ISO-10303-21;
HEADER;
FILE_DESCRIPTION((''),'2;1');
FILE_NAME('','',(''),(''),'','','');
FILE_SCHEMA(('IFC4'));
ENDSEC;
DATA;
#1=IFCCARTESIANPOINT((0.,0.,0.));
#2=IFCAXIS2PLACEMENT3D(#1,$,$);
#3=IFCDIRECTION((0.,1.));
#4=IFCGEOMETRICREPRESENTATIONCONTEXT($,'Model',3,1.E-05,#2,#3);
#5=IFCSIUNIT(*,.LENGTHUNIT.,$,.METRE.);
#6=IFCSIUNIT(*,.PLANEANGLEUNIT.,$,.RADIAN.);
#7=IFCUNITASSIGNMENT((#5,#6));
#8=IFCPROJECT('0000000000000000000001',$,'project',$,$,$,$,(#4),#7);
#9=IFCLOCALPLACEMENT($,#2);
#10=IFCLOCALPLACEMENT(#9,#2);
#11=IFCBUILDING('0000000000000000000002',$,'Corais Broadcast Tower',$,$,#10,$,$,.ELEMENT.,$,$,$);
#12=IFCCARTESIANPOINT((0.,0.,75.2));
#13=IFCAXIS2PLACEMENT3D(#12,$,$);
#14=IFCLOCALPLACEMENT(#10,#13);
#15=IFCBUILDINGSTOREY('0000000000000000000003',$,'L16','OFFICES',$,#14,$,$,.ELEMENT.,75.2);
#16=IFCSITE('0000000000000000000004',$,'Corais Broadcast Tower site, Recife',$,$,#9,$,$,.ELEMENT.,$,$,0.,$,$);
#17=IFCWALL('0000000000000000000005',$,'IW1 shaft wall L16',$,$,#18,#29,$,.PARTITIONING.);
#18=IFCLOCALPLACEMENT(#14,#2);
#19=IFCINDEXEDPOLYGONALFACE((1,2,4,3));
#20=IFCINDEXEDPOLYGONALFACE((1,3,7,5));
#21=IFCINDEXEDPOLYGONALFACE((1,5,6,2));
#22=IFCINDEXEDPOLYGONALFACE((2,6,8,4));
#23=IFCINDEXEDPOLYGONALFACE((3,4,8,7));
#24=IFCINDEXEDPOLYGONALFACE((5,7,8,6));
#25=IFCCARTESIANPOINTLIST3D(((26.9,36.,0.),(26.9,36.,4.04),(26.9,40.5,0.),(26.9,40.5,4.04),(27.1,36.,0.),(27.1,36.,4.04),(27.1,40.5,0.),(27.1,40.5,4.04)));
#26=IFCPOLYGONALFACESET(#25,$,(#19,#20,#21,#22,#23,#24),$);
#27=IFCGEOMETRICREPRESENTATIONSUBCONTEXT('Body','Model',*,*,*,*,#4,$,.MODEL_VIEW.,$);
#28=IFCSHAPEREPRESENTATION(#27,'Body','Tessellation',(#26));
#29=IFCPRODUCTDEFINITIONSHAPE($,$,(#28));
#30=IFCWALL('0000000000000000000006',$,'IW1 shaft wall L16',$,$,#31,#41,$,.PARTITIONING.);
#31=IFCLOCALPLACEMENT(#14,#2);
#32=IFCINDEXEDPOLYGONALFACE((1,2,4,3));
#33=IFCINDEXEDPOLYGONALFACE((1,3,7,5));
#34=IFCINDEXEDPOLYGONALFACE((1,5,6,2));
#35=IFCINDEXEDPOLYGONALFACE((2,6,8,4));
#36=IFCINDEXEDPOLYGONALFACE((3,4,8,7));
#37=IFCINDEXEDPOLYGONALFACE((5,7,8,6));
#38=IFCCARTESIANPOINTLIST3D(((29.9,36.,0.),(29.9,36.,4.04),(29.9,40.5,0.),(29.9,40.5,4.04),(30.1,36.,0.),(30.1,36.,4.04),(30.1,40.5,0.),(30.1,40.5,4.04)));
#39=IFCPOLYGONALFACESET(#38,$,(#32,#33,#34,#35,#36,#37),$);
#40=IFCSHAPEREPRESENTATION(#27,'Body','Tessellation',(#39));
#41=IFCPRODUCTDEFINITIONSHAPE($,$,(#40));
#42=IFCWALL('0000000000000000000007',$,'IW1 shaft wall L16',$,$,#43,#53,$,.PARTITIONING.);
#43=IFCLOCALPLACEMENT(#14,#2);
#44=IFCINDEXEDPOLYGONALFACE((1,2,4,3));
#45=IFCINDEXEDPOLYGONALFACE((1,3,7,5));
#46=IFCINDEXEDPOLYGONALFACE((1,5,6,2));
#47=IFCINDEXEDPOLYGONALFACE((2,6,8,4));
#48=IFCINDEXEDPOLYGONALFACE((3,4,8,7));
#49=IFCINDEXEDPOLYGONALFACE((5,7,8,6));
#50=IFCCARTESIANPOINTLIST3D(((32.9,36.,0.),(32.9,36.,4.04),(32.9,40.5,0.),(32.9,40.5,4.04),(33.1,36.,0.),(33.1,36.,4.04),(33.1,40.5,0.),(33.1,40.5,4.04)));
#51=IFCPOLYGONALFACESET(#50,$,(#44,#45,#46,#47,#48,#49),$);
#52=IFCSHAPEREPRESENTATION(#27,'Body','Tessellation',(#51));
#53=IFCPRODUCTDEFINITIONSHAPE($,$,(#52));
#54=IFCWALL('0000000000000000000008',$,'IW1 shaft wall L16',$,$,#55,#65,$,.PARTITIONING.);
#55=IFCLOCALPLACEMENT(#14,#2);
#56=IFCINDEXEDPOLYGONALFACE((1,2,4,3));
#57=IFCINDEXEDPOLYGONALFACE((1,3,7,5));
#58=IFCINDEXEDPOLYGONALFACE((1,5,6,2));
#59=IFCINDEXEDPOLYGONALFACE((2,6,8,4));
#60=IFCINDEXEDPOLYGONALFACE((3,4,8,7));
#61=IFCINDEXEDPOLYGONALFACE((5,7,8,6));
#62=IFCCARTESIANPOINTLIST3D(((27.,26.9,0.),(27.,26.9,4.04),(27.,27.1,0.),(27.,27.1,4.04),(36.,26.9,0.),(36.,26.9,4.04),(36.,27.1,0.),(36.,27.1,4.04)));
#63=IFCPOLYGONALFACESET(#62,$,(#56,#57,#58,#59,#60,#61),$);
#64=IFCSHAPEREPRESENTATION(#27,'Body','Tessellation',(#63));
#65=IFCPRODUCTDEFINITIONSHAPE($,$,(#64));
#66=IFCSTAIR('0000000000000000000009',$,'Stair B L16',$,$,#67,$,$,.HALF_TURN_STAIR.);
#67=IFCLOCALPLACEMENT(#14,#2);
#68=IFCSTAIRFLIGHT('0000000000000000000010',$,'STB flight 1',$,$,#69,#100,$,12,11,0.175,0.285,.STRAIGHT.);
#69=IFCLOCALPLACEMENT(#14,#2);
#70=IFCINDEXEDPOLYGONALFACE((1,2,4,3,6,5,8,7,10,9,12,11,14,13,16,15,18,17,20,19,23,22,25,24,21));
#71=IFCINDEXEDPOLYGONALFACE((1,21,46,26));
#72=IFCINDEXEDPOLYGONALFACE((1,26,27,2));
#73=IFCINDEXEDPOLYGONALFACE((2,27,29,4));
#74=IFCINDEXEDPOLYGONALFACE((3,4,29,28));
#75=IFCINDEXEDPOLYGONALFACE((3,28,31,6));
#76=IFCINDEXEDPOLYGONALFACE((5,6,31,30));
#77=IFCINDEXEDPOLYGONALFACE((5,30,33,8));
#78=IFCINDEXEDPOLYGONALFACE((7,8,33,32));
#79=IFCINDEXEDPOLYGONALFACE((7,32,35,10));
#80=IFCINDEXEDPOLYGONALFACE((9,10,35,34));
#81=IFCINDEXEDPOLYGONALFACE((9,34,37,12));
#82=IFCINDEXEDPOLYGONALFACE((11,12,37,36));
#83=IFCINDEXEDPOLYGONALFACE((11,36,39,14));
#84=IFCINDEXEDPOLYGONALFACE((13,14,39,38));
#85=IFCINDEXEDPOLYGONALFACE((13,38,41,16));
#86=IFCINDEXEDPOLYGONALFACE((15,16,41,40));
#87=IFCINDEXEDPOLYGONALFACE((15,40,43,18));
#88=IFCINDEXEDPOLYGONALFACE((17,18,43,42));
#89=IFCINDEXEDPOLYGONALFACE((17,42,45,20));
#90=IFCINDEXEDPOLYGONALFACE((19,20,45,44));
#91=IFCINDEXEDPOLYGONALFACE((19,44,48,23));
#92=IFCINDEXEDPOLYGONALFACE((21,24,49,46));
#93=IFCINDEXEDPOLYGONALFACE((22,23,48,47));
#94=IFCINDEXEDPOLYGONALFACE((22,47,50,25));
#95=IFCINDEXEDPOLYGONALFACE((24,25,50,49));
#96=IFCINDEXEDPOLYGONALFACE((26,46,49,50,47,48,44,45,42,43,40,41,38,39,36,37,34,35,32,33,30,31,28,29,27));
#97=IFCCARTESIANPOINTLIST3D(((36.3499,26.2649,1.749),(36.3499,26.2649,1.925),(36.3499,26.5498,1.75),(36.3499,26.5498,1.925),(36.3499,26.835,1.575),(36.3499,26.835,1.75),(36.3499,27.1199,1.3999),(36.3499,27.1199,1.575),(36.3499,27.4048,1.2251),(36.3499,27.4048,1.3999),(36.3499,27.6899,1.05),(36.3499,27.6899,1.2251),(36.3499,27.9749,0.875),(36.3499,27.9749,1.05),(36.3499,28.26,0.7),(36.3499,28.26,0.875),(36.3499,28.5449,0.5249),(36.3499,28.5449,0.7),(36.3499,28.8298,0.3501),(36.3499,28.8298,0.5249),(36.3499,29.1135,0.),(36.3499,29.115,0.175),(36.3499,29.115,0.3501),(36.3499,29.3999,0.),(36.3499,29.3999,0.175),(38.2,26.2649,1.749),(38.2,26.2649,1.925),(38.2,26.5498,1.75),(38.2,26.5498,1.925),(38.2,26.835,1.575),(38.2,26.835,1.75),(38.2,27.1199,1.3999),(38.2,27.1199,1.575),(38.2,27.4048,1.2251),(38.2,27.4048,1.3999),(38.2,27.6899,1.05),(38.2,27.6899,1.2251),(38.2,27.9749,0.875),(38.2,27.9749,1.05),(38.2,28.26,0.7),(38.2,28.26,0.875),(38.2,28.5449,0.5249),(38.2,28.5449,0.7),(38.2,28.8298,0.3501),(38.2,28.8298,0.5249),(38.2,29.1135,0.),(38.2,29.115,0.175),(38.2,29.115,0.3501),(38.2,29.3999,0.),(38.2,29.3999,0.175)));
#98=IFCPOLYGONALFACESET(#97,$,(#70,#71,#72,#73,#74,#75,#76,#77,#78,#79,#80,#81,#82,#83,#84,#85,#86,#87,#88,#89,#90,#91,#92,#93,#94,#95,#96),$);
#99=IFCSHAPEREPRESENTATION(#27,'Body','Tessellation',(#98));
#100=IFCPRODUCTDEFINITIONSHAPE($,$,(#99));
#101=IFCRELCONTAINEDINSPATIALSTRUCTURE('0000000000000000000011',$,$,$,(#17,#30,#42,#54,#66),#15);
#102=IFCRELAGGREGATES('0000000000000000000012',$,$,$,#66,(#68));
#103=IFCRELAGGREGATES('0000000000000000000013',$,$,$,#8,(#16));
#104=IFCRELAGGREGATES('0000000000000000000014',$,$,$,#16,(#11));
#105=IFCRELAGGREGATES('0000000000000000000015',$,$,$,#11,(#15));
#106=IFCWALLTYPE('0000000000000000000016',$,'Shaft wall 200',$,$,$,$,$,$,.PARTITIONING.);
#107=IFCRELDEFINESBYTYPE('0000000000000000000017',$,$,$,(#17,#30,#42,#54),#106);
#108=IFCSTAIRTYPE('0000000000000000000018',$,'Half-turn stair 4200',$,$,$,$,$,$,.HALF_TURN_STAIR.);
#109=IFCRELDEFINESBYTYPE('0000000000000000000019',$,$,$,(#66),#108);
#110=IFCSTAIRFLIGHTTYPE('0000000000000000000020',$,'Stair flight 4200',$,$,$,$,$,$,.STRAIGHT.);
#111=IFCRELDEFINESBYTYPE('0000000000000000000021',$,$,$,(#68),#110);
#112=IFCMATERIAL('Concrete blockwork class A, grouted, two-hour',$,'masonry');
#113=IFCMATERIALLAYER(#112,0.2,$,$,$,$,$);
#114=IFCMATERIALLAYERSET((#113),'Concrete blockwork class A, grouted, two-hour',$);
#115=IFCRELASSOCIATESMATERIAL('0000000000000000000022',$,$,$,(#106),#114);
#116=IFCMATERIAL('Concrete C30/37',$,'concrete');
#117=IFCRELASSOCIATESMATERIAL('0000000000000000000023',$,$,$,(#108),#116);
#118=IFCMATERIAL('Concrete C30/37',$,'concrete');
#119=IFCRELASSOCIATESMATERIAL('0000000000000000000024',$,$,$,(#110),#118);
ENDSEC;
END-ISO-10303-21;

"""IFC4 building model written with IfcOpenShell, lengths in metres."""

from ifc_helpers import new_model, si_unit, direction, frame, frame_2d, origin, place, context, subcontext, project, spatial, polyline, rectangle, outline, extrude, material, layer, layer_set, type_object, element, aggregate, save


model = new_model("IFC4")

# Units and contexts
model_context = context("Model", 3, precision=1e-05, world=origin(), true_north=direction((0.0, 1.0)))
body_context = subcontext(model_context, "Body", "Model", "MODEL_VIEW")
ifc_project = project(units=[si_unit("LENGTHUNIT", "METRE"), si_unit("PLANEANGLEUNIT", "RADIAN")], contexts=[model_context])

# Site, building, storey
site_placement = place(None, origin())
site = spatial("IfcSite", under=ifc_project, at=site_placement, Name="Corais Broadcast Tower site, Recife", CompositionType="ELEMENT", RefElevation=0.0)
building_placement = place(site_placement, origin())
building = spatial("IfcBuilding", under=site, at=building_placement, Name="Corais Broadcast Tower", CompositionType="ELEMENT")
storey_placement = place(building_placement, frame((0.0, 0.0, 75.2)))
storey = spatial("IfcBuildingStorey", under=building, at=storey_placement, Name="L16", Description="OFFICES", CompositionType="ELEMENT", Elevation=75.2)

# Walls
ifc_material_1 = material(Name="Concrete blockwork class A, grouted, two-hour", Category="masonry")
ifc_layer_1 = layer(ifc_material_1, 0.2)
ifc_layer_set_1 = layer_set([ifc_layer_1], Name="Concrete blockwork class A, grouted, two-hour")
wall_type_1 = type_object("IfcWallType", Name="Shaft wall 200", PredefinedType="PARTITIONING", material=ifc_layer_set_1)
for number, where, z_axis, x_axis, name in (
    (1, (27.0, 36.0, 0.0), (0.0, 0.0, 1.0), (0.0, 1.0, 0.0), "IW1 shaft wall L16"),
    (2, (30.0, 36.0, 0.0), (0.0, 0.0, 1.0), (0.0, 1.0, 0.0), "IW1 shaft wall L16"),
    (3, (33.0, 36.0, 0.0), (0.0, 0.0, 1.0), (0.0, 1.0, 0.0), "IW1 shaft wall L16"),
):
    element("IfcWall", number, at=place(storey_placement, frame(where, z_axis=z_axis, x_axis=x_axis)), inside=storey, type_object=wall_type_1, Name=name, PredefinedType="PARTITIONING", context=body_context, shape_type="SweptSolid", body=[
        extrude(rectangle(XDim=4.5, YDim=0.2, at=frame_2d((2.25, 0.0))), origin(), (0.0, 0.0, 1.0), 4.04),
    ])
wall_1_placement = place(storey_placement, frame((27.0, 27.0, 0.0), z_axis=(0.0, 0.0, 1.0), x_axis=(1.0, 0.0, 0.0)))
element("IfcWall", 4, at=wall_1_placement, inside=storey, type_object=wall_type_1, Name="IW1 shaft wall L16", PredefinedType="PARTITIONING", context=body_context, shape_type="SweptSolid", body=[
    extrude(rectangle(XDim=9.0, YDim=0.2, at=frame_2d((4.5, 0.0))), origin(), (0.0, 0.0, 1.0), 4.04),
])

# Stair, stair flight
ifc_material_2 = material(Name="Concrete C30/37", Category="concrete")
stair_type = type_object("IfcStairType", Name="Half-turn stair 4200", PredefinedType="HALF_TURN_STAIR", material=ifc_material_2)
stair_placement = place(storey_placement, origin())
stair = element("IfcStair", 5, at=stair_placement, inside=storey, type_object=stair_type, Name="Stair B L16", PredefinedType="HALF_TURN_STAIR")
ifc_material_3 = material(Name="Concrete C30/37", Category="concrete")
stair_flight_type = type_object("IfcStairFlightType", Name="Stair flight 4200", PredefinedType="STRAIGHT", material=ifc_material_3)
stair_flight_placement = place(storey_placement, frame((37.2749, 29.3999, 0.0), z_axis=(0.0, 0.0, 1.0), x_axis=(0.0, -1.0, 0.0)))
stair_flight = element("IfcStairFlight", 6, at=stair_flight_placement, type_object=stair_flight_type, Name="STB flight 1", NumberOfRisers=12, NumberOfTreads=11, PredefinedType="STRAIGHT", RiserHeight=0.175, TreadLength=0.285, context=body_context, shape_type="SweptSolid", body=[
    extrude(outline(polyline([(0.0, 0.0), (0.0, 0.175), (0.2849, 0.175), (0.2849, 0.3501), (0.5701, 0.3501), (0.5701, 0.5249), (0.855, 0.5249), (0.855, 0.7), (1.1399, 0.7), (1.1399, 0.875), (1.425, 0.875), (1.425, 1.05), (1.71, 1.05), (1.71, 1.2251), (1.9951, 1.2251), (1.9951, 1.3999), (2.28, 1.3999), (2.28, 1.575), (2.5649, 1.575), (2.5649, 1.75), (2.8501, 1.75), (2.8501, 1.925), (3.135, 1.925), (3.135, 2.1001), (3.135, 1.749), (0.2864, 0.0), (0.0, 0.0)])), frame((0.0, 0.925, 0.0), z_axis=(0.0, -1.0, 0.0), x_axis=(1.0, 0.0, 0.0)), (0.0, 0.0, 1.0), 1.8501),
])
aggregate(stair, [stair_flight])

save(model, "model.ifc")
